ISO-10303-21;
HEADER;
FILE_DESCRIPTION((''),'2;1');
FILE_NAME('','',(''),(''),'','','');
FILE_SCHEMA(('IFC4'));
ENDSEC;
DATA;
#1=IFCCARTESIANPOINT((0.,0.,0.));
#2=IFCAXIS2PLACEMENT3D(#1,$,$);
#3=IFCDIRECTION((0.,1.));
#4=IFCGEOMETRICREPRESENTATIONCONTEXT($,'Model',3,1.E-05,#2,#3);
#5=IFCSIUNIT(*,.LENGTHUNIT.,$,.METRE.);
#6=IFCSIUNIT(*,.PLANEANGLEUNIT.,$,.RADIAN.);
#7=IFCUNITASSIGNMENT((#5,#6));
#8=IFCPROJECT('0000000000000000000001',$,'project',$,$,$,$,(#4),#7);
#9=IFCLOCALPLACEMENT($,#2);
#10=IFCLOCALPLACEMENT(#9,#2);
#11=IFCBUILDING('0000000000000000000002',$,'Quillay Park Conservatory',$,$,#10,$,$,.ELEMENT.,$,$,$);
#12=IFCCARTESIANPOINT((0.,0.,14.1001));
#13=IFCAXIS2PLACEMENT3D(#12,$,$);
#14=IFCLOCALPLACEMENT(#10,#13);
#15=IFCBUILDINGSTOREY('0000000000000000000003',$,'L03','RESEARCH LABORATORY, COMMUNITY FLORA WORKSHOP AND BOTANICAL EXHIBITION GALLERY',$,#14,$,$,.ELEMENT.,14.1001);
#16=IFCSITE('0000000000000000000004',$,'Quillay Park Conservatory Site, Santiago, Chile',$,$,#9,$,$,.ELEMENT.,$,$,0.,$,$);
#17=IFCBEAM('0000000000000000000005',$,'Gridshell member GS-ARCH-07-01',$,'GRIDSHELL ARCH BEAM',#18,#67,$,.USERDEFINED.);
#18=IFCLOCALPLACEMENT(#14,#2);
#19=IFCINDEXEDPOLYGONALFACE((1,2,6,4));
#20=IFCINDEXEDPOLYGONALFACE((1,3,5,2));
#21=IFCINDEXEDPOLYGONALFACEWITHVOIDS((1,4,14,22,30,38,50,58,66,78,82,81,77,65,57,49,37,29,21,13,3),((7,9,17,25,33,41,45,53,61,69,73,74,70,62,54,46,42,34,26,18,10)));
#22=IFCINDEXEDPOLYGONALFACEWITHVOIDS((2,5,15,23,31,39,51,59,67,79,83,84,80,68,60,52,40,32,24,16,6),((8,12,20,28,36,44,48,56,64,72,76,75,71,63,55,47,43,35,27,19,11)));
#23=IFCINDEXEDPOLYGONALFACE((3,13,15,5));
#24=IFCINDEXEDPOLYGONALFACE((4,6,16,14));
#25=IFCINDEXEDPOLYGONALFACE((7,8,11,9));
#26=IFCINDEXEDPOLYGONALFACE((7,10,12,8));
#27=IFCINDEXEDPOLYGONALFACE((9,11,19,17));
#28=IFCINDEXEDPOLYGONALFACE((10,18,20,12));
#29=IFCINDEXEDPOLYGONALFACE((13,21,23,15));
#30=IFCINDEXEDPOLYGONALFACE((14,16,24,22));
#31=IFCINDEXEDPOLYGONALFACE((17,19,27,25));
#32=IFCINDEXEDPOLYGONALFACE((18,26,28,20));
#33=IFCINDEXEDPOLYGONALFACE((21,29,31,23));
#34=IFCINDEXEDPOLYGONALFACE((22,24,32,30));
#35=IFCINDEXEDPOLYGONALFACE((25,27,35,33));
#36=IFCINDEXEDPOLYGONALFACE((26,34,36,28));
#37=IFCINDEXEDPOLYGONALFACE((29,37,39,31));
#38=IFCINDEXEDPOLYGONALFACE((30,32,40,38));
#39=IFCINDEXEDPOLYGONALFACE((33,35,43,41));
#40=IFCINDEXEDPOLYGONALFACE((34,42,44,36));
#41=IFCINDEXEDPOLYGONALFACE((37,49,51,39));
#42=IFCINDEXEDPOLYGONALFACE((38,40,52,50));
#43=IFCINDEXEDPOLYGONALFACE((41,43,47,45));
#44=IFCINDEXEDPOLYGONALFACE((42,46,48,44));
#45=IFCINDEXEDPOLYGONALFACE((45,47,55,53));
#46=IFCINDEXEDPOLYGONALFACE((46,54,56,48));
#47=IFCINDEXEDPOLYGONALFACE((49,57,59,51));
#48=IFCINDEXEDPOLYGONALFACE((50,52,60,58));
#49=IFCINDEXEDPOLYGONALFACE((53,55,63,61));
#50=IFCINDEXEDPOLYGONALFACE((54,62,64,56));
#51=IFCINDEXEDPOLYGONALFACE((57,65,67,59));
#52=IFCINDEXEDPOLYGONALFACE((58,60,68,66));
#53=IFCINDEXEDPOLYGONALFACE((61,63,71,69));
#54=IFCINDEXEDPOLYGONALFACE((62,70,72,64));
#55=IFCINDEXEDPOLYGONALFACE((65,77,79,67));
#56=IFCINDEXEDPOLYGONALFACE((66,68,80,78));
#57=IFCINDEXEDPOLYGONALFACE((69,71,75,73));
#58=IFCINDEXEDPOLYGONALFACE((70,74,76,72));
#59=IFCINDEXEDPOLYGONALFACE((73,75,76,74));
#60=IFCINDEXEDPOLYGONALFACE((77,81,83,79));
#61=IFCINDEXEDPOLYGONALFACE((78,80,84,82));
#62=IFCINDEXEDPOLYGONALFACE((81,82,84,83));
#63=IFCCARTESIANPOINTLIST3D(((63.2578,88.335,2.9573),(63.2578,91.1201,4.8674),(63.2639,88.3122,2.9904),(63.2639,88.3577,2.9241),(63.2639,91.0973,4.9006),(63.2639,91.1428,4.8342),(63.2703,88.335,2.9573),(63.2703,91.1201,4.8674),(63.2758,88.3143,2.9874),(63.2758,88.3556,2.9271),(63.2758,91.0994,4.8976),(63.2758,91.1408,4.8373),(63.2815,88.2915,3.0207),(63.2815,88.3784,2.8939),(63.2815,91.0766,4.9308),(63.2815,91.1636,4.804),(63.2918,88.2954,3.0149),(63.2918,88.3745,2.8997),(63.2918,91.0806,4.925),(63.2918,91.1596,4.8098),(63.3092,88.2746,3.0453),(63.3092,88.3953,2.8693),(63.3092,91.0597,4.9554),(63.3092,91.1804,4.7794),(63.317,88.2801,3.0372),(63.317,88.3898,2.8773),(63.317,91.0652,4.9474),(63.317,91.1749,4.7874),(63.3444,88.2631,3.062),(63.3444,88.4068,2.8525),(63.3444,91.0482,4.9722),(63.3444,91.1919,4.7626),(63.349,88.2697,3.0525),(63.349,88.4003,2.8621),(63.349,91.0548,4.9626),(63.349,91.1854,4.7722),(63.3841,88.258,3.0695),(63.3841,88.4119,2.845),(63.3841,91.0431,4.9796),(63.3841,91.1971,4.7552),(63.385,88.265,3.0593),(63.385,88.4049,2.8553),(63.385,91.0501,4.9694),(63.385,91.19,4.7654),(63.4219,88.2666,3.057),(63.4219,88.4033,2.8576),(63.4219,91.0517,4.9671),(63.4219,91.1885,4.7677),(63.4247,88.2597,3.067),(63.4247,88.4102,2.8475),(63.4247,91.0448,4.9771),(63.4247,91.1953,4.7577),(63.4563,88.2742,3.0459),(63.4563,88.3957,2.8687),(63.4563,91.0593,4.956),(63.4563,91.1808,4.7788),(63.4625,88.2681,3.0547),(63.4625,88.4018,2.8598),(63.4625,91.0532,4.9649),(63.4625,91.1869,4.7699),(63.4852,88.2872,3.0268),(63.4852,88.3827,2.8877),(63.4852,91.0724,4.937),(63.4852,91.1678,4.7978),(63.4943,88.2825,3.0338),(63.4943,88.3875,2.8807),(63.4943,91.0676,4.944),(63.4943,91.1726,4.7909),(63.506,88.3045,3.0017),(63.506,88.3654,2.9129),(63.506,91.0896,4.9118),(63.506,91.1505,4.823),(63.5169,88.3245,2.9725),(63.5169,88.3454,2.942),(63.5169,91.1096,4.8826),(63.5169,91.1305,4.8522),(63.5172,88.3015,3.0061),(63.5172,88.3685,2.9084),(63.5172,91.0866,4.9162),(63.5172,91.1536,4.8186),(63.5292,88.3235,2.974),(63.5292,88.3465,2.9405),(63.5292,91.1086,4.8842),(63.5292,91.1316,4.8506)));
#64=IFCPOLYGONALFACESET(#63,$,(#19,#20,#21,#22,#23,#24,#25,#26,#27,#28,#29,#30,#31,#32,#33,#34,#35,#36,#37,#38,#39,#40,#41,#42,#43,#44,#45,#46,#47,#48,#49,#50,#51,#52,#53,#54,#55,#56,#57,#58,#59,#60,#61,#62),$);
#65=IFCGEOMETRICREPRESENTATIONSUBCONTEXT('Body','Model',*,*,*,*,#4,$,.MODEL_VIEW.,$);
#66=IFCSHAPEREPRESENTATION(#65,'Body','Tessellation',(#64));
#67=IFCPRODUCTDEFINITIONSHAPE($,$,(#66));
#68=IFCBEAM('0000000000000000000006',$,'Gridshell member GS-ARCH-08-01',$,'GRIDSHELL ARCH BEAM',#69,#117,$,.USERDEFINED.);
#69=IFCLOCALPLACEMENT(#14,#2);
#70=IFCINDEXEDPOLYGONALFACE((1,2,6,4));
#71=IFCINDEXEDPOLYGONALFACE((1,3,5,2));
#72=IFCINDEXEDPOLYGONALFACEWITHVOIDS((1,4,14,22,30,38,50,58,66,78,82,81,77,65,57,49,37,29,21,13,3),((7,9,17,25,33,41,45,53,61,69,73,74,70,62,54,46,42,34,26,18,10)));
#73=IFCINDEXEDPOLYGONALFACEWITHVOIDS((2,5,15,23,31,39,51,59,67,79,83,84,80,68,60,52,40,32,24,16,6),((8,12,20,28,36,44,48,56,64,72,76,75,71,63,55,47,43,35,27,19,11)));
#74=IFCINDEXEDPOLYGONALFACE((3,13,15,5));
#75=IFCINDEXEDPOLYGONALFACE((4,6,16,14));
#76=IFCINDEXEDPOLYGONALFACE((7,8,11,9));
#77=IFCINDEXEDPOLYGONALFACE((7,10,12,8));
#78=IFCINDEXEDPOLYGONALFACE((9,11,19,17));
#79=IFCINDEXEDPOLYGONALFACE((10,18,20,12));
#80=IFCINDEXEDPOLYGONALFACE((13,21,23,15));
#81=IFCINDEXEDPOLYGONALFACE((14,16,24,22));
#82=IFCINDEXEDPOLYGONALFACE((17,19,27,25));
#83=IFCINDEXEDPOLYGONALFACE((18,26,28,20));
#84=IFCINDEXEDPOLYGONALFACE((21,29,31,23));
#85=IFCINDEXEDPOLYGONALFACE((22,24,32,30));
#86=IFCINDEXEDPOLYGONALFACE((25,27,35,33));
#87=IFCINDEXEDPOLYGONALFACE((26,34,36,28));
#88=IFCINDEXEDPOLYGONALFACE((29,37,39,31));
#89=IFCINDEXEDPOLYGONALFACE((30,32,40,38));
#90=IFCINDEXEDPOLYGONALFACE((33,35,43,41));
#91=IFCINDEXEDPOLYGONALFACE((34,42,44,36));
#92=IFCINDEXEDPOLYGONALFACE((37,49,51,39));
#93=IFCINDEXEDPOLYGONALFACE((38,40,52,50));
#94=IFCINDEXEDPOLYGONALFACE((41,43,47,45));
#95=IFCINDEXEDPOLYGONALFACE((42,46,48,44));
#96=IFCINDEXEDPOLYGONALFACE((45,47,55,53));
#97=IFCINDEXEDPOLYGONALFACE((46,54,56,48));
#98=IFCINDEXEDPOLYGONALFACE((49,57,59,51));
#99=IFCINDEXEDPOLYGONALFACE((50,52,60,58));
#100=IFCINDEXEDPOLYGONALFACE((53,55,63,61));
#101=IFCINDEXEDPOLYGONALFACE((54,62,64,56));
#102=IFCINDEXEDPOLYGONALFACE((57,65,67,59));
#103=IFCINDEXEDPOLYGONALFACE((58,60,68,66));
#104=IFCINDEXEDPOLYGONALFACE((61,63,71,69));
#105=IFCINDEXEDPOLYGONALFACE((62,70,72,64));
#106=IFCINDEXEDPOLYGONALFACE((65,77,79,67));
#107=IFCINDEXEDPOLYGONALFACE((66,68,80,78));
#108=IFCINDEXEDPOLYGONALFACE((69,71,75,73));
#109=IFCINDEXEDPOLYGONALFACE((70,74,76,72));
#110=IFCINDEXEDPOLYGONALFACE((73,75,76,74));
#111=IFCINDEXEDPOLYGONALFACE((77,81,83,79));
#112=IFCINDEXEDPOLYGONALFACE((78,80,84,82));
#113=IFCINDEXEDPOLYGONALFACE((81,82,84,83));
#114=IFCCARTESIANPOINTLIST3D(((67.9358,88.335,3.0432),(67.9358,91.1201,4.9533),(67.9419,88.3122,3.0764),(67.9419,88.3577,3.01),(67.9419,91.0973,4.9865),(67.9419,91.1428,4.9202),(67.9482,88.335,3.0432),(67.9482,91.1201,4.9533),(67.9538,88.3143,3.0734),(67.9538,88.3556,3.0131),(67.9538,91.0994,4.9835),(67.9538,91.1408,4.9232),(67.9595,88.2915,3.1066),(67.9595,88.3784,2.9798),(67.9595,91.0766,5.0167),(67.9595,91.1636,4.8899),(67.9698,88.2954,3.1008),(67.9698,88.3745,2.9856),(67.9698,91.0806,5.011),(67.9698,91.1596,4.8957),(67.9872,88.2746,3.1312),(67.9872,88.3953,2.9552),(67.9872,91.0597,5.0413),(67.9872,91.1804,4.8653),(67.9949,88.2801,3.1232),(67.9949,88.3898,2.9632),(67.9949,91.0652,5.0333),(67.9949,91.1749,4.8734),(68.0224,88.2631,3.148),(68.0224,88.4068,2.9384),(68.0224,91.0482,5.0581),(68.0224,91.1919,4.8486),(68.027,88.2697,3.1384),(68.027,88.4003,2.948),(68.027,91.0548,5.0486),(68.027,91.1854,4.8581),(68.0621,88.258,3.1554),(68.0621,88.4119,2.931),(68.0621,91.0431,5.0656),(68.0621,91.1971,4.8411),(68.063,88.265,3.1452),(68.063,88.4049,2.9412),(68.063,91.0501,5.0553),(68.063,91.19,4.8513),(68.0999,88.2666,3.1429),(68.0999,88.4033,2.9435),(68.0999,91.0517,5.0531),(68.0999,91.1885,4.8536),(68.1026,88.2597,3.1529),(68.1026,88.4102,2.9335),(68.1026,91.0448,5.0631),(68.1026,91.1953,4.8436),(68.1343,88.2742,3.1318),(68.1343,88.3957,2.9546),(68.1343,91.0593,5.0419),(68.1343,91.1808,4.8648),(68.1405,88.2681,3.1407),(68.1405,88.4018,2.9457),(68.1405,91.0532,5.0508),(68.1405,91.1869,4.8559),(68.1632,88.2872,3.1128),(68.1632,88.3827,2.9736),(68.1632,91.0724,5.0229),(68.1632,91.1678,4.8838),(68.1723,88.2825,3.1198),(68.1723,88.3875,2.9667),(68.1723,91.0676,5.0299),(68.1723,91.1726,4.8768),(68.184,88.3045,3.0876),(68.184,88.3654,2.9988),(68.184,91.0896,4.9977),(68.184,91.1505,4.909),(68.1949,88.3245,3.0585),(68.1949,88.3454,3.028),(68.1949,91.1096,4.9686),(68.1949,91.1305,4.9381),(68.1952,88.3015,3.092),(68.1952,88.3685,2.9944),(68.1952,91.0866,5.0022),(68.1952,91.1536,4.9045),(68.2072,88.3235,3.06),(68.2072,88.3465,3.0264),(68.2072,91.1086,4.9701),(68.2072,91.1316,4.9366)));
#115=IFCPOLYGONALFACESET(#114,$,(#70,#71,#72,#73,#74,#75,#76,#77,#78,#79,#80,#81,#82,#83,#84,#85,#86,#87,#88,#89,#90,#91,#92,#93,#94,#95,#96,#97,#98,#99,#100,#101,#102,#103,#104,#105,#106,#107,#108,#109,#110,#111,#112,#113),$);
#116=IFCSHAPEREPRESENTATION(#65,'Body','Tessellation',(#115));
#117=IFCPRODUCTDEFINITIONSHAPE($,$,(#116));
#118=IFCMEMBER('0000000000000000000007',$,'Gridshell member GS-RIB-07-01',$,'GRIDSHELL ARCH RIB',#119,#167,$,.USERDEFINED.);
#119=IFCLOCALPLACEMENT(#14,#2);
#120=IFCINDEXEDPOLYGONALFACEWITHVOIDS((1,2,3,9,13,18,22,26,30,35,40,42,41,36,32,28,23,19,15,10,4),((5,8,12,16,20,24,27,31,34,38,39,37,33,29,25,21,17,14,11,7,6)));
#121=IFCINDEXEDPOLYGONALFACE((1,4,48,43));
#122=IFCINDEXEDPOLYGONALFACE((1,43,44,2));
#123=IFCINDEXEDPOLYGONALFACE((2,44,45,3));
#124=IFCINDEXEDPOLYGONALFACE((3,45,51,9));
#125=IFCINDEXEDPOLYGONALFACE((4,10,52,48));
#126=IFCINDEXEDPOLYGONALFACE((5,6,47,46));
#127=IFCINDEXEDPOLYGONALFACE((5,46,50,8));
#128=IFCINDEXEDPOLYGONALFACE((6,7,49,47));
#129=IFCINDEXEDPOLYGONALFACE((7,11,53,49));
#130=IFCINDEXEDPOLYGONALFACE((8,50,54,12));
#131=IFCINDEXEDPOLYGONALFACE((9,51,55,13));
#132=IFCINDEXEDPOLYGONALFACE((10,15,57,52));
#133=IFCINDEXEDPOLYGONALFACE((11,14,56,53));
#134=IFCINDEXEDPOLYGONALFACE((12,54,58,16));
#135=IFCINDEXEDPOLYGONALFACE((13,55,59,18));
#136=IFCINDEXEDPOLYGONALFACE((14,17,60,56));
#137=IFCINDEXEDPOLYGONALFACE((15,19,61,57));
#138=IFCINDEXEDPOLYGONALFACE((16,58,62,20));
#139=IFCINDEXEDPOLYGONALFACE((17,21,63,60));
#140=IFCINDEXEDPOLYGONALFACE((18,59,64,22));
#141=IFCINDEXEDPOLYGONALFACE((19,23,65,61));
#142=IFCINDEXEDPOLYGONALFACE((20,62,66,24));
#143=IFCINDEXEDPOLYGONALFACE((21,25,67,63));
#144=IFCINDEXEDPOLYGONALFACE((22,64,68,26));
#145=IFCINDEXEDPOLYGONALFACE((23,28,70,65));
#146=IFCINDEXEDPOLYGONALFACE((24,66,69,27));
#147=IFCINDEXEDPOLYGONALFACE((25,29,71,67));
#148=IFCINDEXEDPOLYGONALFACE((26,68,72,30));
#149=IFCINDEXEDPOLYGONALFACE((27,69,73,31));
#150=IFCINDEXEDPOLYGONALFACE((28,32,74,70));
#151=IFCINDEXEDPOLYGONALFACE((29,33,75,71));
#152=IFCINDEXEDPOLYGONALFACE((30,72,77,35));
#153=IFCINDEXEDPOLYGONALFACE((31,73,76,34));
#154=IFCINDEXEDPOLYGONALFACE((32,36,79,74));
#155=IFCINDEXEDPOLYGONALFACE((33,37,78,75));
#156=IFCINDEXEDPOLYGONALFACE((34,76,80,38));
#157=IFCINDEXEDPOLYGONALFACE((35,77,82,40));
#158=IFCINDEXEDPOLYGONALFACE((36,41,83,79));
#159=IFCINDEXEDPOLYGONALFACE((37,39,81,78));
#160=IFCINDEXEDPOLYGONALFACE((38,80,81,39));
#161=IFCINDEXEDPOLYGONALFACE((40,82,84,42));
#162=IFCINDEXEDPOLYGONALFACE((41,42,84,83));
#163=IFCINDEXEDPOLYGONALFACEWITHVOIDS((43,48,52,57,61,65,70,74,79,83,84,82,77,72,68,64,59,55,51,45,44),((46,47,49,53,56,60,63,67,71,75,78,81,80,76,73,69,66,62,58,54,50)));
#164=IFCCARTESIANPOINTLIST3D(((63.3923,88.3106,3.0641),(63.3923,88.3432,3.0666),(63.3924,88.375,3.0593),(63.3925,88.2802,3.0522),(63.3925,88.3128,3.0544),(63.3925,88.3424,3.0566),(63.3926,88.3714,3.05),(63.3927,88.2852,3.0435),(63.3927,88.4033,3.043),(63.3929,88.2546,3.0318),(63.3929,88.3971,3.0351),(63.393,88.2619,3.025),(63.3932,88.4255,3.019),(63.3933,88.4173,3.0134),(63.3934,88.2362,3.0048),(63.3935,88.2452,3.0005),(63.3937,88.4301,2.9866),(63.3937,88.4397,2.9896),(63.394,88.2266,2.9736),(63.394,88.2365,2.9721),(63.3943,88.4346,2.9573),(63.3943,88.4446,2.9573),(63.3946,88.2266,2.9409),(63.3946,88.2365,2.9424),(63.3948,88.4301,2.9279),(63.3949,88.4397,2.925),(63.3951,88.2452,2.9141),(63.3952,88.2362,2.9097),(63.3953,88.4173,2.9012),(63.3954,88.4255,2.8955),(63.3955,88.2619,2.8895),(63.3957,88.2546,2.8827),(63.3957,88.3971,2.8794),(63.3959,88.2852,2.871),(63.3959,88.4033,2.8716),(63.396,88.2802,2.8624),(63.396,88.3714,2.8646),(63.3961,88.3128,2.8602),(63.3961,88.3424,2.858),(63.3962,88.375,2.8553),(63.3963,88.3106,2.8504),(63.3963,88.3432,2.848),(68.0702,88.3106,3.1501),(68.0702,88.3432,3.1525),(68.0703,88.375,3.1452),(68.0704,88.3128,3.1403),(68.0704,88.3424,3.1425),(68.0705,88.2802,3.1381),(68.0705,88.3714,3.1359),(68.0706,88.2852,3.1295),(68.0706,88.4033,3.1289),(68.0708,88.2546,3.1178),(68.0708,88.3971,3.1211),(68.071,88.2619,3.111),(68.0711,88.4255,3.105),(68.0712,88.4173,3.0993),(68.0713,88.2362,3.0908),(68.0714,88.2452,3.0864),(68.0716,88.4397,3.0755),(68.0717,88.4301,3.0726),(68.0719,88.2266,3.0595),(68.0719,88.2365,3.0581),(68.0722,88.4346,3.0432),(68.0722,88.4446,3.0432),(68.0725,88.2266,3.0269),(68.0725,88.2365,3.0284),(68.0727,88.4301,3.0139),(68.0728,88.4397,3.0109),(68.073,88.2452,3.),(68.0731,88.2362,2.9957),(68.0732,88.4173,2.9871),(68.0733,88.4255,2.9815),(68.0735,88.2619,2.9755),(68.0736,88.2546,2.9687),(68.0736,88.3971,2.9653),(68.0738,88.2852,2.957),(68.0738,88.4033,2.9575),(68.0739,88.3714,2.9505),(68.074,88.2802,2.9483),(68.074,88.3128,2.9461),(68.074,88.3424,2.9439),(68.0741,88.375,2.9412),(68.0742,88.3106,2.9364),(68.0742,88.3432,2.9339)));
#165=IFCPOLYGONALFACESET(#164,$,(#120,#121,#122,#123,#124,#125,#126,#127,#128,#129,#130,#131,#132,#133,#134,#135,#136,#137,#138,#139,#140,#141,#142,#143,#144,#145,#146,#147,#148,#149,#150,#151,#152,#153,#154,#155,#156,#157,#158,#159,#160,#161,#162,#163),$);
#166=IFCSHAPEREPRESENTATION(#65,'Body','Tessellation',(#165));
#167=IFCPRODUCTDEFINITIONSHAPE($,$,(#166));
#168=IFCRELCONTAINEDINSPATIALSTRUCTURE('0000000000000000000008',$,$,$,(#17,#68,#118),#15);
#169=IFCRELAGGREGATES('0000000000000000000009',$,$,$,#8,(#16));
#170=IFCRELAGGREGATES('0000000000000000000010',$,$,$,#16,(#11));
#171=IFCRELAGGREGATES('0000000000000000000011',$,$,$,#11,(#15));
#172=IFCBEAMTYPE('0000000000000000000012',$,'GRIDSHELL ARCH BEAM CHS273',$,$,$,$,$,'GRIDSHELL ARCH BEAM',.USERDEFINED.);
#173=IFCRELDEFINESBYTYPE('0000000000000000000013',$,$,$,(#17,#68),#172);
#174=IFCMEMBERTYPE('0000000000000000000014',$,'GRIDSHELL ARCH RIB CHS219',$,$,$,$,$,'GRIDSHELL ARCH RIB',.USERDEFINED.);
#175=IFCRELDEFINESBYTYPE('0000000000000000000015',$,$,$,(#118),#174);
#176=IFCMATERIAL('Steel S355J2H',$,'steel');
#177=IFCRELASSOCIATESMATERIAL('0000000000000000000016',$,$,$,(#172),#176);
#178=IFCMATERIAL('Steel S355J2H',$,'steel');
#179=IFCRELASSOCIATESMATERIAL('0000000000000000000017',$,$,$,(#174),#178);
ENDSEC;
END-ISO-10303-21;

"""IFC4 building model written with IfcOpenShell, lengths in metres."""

from ifc_helpers import new_model, si_unit, direction, frame, origin, origin_2d, place, context, subcontext, project, spatial, hollow_circle, extrude, material, material_profile, profile_set, type_object, element, save


model = new_model("IFC4")

# Units and contexts
model_context = context("Model", 3, precision=1e-05, world=origin(), true_north=direction((0.0, 1.0)))
body_context = subcontext(model_context, "Body", "Model", "MODEL_VIEW")
ifc_project = project(units=[si_unit("LENGTHUNIT", "METRE"), si_unit("PLANEANGLEUNIT", "RADIAN")], contexts=[model_context])

# Site, building, storey
site_placement = place(None, origin())
site = spatial("IfcSite", under=ifc_project, at=site_placement, Name="Quillay Park Conservatory Site, Santiago, Chile", CompositionType="ELEMENT", RefElevation=0.0)
building_placement = place(site_placement, origin())
building = spatial("IfcBuilding", under=site, at=building_placement, Name="Quillay Park Conservatory", CompositionType="ELEMENT")
storey_placement = place(building_placement, frame((0.0, 0.0, 14.1001)))
storey = spatial("IfcBuildingStorey", under=building, at=storey_placement, Name="L03", Description="RESEARCH LABORATORY, COMMUNITY FLORA WORKSHOP AND BOTANICAL EXHIBITION GALLERY", CompositionType="ELEMENT", Elevation=14.1001)

# Beams
ifc_material_1 = material(Name="Steel S355J2H", Category="steel")
ifc_material_profile_1 = material_profile(ifc_material_1, hollow_circle(Radius=0.1365, WallThickness=0.0125, at=origin_2d()), Name="CHS273x12.5")
ifc_profile_set_1 = profile_set([ifc_material_profile_1], Name="Steel S355J2H")
beam_type = type_object("IfcBeamType", Name="GRIDSHELL ARCH BEAM CHS273", ElementType="GRIDSHELL ARCH BEAM", PredefinedType="USERDEFINED", material=ifc_profile_set_1)
for number, where, z_axis, x_axis, name in (
    (1, (63.3943, 88.335, 2.9573), (0.0, 0.824683, 0.565596), (-1.0, 0.0, 0.0), "Gridshell member GS-ARCH-07-01"),
    (2, (68.0723, 88.335, 3.0432), (0.0, 0.824683, 0.565596), (-1.0, 0.0, 0.0), "Gridshell member GS-ARCH-08-01"),
):
    element("IfcBeam", number, at=place(storey_placement, frame(where, z_axis=z_axis, x_axis=x_axis)), inside=storey, type_object=beam_type, Name=name, ObjectType="GRIDSHELL ARCH BEAM", PredefinedType="USERDEFINED", context=body_context, shape_type="SweptSolid", body=[
        extrude(hollow_circle(Radius=0.1365, WallThickness=0.0125, at=origin_2d()), origin(), (0.0, 0.0, 1.0), 3.3772),
    ])

# Member
ifc_material_2 = material(Name="Steel S355J2H", Category="steel")
ifc_material_profile_2 = material_profile(ifc_material_2, hollow_circle(Radius=0.1096, WallThickness=0.01, at=origin_2d()), Name="CHS219.1x10")
ifc_profile_set_2 = profile_set([ifc_material_profile_2], Name="Steel S355J2H")
member_type = type_object("IfcMemberType", Name="GRIDSHELL ARCH RIB CHS219", ElementType="GRIDSHELL ARCH RIB", PredefinedType="USERDEFINED", material=ifc_profile_set_2)
member_1_placement = place(storey_placement, frame((63.3943, 88.335, 2.9573), z_axis=(0.999831, 0.0, 0.018368), x_axis=(0.0, 1.0, 0.0)))
element("IfcMember", 3, at=member_1_placement, inside=storey, type_object=member_type, Name="Gridshell member GS-RIB-07-01", ObjectType="GRIDSHELL ARCH RIB", PredefinedType="USERDEFINED", context=body_context, shape_type="SweptSolid", body=[
    extrude(hollow_circle(Radius=0.1096, WallThickness=0.01, at=origin_2d()), origin(), (0.0, 0.0, 1.0), 4.6787),
])

save(model, "model.ifc")
